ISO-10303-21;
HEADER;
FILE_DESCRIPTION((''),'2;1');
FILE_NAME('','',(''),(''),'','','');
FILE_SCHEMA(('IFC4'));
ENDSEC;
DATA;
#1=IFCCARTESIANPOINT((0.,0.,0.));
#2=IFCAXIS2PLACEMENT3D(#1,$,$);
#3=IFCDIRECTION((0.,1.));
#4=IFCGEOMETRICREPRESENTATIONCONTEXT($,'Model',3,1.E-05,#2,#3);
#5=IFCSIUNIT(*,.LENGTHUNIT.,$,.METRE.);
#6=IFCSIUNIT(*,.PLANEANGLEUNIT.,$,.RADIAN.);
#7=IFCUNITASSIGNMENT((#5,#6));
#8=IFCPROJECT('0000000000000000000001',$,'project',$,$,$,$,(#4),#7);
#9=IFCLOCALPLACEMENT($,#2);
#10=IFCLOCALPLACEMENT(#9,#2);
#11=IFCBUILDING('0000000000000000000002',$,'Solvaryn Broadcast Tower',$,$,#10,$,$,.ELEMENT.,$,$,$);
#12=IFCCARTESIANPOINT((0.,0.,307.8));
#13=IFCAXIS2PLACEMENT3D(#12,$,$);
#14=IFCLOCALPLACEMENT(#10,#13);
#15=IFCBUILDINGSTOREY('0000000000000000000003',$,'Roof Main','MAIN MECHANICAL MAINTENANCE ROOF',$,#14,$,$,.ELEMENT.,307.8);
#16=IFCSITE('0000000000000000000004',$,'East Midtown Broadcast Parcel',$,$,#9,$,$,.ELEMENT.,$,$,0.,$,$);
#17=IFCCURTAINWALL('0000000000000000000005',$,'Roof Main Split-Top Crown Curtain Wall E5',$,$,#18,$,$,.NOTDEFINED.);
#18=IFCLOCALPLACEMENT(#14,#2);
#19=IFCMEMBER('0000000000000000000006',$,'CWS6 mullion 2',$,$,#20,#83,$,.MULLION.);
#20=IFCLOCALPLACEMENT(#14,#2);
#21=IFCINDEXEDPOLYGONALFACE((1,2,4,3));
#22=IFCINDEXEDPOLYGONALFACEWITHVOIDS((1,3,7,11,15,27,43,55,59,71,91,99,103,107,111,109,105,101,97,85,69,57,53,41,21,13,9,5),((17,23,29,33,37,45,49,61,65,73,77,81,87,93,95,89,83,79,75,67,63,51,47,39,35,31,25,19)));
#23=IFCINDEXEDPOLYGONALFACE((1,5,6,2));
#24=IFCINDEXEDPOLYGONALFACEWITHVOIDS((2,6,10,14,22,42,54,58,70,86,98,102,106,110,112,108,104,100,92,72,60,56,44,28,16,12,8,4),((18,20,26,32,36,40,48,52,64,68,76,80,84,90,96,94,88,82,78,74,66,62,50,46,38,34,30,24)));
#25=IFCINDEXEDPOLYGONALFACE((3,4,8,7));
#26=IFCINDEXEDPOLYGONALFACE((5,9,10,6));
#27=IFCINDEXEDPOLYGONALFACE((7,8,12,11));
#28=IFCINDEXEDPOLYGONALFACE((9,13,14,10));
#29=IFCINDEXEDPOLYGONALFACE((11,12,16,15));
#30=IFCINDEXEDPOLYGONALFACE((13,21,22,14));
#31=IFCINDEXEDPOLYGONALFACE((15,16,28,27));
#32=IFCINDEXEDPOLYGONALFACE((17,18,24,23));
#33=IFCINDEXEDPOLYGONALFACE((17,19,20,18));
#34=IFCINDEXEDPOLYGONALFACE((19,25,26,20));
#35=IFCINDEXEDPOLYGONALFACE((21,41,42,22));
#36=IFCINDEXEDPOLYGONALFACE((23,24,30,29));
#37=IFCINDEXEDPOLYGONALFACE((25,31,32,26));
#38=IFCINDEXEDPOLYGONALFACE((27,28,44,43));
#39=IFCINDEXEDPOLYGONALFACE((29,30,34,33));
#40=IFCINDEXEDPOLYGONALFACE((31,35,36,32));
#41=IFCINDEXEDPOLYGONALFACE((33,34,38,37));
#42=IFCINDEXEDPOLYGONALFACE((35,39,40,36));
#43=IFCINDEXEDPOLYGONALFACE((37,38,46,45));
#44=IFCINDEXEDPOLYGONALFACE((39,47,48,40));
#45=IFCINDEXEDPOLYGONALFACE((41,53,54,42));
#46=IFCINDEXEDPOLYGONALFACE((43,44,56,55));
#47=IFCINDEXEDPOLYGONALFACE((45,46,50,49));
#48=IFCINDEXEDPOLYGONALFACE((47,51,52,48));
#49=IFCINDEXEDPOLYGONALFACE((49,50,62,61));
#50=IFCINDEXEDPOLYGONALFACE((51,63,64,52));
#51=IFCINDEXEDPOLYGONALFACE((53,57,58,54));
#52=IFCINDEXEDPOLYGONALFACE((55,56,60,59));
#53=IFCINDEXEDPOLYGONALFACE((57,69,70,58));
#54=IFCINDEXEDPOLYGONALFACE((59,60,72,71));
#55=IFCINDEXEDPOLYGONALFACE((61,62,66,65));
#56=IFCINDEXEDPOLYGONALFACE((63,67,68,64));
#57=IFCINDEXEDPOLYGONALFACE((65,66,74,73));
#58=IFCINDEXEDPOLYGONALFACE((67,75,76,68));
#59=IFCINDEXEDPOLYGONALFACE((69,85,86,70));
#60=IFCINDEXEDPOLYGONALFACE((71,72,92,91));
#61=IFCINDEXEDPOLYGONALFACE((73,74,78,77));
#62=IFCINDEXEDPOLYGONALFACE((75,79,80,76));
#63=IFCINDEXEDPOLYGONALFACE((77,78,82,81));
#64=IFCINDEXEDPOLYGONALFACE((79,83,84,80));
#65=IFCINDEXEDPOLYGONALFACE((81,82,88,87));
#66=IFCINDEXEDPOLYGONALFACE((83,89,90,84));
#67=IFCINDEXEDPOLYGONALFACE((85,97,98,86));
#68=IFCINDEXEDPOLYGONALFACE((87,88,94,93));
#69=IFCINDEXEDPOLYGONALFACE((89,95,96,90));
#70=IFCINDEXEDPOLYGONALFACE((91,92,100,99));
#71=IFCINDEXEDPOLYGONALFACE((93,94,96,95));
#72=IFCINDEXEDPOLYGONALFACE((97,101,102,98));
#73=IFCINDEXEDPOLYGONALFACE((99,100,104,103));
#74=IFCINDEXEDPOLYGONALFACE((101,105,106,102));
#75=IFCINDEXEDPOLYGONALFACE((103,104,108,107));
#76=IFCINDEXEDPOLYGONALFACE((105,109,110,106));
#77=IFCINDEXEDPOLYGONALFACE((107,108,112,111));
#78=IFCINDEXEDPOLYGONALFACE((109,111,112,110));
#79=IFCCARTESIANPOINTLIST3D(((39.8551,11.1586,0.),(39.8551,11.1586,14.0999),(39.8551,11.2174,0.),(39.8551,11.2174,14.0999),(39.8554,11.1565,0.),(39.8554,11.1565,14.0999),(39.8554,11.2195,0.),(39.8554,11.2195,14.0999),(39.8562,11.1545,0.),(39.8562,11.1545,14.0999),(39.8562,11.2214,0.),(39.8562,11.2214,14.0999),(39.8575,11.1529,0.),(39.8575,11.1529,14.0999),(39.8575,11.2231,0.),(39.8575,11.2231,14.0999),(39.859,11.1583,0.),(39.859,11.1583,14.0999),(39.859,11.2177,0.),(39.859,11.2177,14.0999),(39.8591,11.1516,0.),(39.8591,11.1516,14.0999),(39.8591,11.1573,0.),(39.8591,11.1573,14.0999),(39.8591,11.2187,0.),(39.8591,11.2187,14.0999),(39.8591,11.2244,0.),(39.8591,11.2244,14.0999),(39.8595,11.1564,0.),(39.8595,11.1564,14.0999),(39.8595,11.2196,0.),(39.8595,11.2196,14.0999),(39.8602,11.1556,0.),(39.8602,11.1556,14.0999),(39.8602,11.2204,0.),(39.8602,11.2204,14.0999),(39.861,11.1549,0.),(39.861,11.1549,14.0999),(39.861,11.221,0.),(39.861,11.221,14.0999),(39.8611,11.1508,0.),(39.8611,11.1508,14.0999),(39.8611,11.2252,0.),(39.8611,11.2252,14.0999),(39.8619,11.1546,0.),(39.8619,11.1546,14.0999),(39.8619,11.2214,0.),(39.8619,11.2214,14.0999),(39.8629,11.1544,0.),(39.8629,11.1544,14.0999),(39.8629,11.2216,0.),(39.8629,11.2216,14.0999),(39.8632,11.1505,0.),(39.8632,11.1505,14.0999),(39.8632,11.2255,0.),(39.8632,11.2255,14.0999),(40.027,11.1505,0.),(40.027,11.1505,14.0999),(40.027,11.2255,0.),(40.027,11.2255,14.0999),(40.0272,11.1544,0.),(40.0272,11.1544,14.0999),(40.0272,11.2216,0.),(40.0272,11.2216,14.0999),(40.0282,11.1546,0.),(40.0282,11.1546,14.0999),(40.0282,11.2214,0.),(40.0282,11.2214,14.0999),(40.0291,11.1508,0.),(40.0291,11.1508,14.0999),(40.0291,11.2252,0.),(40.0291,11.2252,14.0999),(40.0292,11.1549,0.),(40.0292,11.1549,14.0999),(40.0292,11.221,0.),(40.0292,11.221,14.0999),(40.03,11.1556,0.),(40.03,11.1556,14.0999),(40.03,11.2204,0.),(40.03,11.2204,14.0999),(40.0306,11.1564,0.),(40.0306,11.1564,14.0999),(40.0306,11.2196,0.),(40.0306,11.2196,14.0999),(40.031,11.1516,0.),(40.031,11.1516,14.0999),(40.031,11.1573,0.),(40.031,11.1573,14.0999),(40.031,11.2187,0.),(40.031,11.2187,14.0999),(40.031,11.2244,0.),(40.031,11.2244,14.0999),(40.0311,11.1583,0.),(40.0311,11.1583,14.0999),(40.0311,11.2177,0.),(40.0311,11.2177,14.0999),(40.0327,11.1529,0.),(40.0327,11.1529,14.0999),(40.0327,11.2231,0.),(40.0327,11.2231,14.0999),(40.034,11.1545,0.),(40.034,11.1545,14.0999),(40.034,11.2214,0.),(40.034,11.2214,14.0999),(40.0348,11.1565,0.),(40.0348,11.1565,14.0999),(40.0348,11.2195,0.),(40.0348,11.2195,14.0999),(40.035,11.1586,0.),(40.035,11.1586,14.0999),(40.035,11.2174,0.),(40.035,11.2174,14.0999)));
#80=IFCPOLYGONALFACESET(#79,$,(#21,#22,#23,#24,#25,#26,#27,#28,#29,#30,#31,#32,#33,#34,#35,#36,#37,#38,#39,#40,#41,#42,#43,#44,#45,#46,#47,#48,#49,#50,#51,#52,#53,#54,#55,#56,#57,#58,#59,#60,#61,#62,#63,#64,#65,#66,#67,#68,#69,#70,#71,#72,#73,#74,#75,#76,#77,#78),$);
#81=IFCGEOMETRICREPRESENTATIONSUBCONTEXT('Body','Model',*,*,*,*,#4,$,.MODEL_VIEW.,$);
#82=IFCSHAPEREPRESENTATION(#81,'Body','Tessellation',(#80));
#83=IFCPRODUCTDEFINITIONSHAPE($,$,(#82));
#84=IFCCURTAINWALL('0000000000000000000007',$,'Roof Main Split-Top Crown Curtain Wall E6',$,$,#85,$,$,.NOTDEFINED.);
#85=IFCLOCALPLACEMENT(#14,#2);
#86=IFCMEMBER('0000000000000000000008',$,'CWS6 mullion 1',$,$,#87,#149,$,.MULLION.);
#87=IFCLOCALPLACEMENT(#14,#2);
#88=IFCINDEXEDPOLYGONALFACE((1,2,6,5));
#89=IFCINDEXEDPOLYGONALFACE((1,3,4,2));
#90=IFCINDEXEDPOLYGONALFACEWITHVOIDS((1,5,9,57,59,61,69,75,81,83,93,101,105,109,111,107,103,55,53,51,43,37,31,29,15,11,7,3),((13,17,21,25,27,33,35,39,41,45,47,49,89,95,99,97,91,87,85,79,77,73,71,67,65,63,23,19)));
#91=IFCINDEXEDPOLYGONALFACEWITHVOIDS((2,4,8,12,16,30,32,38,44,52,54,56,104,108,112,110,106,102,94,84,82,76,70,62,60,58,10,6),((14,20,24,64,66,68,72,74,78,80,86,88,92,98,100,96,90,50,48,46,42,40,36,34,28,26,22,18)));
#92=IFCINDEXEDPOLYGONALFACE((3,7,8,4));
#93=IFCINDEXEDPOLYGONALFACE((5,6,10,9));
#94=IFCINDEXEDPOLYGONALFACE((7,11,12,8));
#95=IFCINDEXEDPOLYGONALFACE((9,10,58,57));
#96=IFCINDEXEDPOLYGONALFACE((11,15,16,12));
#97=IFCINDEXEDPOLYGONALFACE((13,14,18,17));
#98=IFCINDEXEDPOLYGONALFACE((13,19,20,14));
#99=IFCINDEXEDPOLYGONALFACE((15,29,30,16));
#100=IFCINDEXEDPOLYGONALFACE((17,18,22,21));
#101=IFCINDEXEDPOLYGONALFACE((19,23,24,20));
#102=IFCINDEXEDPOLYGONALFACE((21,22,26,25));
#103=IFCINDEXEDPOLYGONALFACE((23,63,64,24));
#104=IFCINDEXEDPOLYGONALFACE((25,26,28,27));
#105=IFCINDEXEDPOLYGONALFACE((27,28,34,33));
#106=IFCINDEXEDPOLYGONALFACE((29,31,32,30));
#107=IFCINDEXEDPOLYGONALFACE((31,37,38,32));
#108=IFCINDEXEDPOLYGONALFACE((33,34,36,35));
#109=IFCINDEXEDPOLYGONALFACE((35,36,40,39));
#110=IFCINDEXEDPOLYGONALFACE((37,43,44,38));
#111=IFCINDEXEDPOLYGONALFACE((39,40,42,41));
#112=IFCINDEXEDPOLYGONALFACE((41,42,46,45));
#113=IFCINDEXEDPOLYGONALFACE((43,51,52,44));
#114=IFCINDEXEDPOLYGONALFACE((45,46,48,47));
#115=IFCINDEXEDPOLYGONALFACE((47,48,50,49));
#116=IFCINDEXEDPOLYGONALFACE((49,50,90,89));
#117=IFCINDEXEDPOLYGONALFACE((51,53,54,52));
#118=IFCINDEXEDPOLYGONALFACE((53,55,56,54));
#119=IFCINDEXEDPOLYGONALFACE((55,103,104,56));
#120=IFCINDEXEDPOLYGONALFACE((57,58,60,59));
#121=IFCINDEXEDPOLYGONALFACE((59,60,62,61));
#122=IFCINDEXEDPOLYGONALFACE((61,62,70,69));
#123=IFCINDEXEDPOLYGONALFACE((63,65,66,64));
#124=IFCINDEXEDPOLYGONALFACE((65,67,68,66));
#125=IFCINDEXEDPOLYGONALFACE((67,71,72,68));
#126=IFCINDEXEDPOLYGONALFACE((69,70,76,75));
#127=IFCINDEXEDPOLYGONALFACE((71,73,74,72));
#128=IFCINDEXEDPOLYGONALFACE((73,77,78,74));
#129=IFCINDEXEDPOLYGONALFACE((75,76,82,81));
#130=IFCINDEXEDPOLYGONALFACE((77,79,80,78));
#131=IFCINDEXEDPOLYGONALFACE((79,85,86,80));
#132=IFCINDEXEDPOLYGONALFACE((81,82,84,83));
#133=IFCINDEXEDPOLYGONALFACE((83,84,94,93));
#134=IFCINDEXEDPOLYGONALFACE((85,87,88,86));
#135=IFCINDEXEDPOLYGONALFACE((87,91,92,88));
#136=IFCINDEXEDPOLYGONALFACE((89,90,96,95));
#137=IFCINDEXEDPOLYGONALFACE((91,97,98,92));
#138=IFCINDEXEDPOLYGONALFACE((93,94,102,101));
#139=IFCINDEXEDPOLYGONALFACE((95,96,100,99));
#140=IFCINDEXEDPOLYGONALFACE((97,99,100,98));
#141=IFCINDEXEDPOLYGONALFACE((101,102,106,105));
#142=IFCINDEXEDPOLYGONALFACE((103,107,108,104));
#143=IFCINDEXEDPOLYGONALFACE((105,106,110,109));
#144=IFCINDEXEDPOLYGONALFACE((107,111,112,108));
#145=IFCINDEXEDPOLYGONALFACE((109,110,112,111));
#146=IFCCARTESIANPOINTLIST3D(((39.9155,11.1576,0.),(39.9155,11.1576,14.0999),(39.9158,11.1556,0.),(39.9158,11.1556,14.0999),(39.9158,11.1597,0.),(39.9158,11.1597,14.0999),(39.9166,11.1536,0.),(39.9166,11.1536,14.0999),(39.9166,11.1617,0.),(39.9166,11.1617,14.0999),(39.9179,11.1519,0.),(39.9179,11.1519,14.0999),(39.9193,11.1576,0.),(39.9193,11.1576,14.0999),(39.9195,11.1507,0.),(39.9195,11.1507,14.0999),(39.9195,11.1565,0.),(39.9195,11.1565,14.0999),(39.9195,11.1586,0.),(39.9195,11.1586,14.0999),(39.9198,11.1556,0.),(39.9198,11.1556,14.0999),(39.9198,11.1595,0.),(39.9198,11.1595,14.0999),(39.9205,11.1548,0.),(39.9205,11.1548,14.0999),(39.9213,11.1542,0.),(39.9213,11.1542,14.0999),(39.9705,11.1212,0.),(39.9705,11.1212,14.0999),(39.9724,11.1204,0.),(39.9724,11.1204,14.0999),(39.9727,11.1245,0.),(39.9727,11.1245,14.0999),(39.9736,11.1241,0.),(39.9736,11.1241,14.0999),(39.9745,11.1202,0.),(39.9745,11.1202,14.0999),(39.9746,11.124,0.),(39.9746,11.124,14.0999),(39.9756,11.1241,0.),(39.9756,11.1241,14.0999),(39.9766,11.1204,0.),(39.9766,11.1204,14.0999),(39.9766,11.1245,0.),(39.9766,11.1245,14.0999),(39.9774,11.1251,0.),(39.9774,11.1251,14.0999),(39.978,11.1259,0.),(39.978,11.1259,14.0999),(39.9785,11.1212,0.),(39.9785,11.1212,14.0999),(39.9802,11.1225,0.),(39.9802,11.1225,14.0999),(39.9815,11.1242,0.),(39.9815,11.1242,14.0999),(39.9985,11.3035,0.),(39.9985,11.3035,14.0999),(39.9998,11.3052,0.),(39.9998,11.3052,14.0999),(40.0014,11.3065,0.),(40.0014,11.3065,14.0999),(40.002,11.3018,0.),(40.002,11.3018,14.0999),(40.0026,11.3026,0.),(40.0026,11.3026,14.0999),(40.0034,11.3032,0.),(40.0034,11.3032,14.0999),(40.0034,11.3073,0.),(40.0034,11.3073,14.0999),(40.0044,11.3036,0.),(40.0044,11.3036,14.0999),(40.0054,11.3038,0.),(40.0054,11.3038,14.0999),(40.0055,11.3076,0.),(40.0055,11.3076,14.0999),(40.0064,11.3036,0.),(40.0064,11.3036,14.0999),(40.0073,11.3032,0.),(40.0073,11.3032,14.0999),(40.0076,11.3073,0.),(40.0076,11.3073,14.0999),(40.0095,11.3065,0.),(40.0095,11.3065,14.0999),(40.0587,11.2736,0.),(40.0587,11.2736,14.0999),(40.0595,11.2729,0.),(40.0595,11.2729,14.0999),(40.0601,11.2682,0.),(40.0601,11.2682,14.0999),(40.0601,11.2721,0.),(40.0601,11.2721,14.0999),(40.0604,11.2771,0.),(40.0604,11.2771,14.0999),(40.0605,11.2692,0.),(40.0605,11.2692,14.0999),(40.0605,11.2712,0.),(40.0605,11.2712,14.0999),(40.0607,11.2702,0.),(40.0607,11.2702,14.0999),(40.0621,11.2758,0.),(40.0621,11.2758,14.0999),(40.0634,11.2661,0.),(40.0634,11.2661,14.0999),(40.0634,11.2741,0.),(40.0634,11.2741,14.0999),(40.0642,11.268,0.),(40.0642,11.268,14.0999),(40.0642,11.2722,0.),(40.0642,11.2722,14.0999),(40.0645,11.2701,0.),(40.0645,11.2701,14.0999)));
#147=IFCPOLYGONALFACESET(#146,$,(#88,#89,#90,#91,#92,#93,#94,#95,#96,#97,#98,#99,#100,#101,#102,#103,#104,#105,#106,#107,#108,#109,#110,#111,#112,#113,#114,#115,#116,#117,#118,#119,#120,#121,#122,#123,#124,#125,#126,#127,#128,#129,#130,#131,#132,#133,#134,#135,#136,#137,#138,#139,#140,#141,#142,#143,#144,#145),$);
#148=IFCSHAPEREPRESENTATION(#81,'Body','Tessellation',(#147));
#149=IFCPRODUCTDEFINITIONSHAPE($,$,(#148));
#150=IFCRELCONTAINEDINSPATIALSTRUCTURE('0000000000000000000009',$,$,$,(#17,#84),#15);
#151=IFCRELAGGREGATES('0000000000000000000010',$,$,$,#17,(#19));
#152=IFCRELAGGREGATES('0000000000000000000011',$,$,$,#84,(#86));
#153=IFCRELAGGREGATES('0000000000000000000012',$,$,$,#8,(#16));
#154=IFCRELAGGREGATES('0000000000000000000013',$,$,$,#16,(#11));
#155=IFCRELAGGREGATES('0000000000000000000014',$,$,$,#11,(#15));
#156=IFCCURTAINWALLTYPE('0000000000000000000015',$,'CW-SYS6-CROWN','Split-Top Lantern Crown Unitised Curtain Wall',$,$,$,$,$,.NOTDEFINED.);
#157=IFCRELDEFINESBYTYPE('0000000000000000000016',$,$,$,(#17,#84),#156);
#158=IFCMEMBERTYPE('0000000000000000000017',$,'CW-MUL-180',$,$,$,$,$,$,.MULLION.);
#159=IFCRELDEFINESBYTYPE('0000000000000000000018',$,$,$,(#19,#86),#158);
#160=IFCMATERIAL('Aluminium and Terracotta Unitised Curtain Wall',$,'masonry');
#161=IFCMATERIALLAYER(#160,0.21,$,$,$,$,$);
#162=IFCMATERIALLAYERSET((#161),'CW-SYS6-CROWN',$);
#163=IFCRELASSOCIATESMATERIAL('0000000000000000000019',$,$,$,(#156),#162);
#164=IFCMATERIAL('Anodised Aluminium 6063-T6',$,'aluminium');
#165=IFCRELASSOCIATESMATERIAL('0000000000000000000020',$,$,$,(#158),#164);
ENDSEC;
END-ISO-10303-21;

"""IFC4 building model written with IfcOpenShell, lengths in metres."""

from ifc_helpers import new_model, si_unit, direction, frame, origin, origin_2d, place, context, subcontext, project, spatial, hollow_rectangle, extrude, material, layer, layer_set, material_profile, profile_set, type_object, element, aggregate, save


model = new_model("IFC4")

# Units and contexts
model_context = context("Model", 3, precision=1e-05, world=origin(), true_north=direction((0.0, 1.0)))
body_context = subcontext(model_context, "Body", "Model", "MODEL_VIEW")
ifc_project = project(units=[si_unit("LENGTHUNIT", "METRE"), si_unit("PLANEANGLEUNIT", "RADIAN")], contexts=[model_context])

# Site, building, storey
site_placement = place(None, origin())
site = spatial("IfcSite", under=ifc_project, at=site_placement, Name="East Midtown Broadcast Parcel", CompositionType="ELEMENT", RefElevation=0.0)
building_placement = place(site_placement, origin())
building = spatial("IfcBuilding", under=site, at=building_placement, Name="Solvaryn Broadcast Tower", CompositionType="ELEMENT")
storey_placement = place(building_placement, frame((0.0, 0.0, 307.8)))
storey = spatial("IfcBuildingStorey", under=building, at=storey_placement, Name="Roof Main", Description="MAIN MECHANICAL MAINTENANCE ROOF", CompositionType="ELEMENT", Elevation=307.8)

# Curtain wall, member
ifc_material_1 = material(Name="Aluminium and Terracotta Unitised Curtain Wall", Category="masonry")
ifc_layer_1 = layer(ifc_material_1, 0.21)
ifc_layer_set_1 = layer_set([ifc_layer_1], Name="CW-SYS6-CROWN")
curtain_wall_type = type_object("IfcCurtainWallType", Name="CW-SYS6-CROWN", Description="Split-Top Lantern Crown Unitised Curtain Wall", PredefinedType="NOTDEFINED", material=ifc_layer_set_1)
curtain_wall_1_placement = place(storey_placement, origin())
curtain_wall_1 = element("IfcCurtainWall", 1, at=curtain_wall_1_placement, inside=storey, type_object=curtain_wall_type, Name="Roof Main Split-Top Crown Curtain Wall E5", PredefinedType="NOTDEFINED")
ifc_material_2 = material(Name="Anodised Aluminium 6063-T6", Category="aluminium")
ifc_material_profile_1 = material_profile(ifc_material_2, hollow_rectangle(XDim=0.075, YDim=0.1799, WallThickness=0.0039, InnerFilletRadius=0.0039, OuterFilletRadius=0.0081, at=origin_2d()))
ifc_profile_set_1 = profile_set([ifc_material_profile_1], Name="Anodised Aluminium 6063-T6")
member_type_1 = type_object("IfcMemberType", Name="CW-MUL-180", PredefinedType="MULLION", material=ifc_profile_set_1)
member_1_placement = place(storey_placement, frame((39.9451, 11.188, 0.0), z_axis=(0.0, 0.0, 1.0), x_axis=(0.0, 1.0, 0.0)))
member_1 = element("IfcMember", 2, at=member_1_placement, type_object=member_type_1, Name="CWS6 mullion 2", PredefinedType="MULLION", context=body_context, shape_type="SweptSolid", body=[
    extrude(hollow_rectangle(XDim=0.075, YDim=0.1799, WallThickness=0.0039, InnerFilletRadius=0.0039, OuterFilletRadius=0.0081, at=origin_2d()), origin(), (0.0, 0.0, 1.0), 14.0999),
])

# Curtain wall, member
curtain_wall_2_placement = place(storey_placement, origin())
curtain_wall_2 = element("IfcCurtainWall", 3, at=curtain_wall_2_placement, inside=storey, type_object=curtain_wall_type, Name="Roof Main Split-Top Crown Curtain Wall E6", PredefinedType="NOTDEFINED")
member_2_placement = place(storey_placement, frame((39.99, 11.2139, 0.0), z_axis=(0.0, 0.0, 1.0), x_axis=(-0.866035, 0.499983, 0.0)))
member_2 = element("IfcMember", 4, at=member_2_placement, type_object=member_type_1, Name="CWS6 mullion 1", PredefinedType="MULLION", context=body_context, shape_type="SweptSolid", body=[
    extrude(hollow_rectangle(XDim=0.075, YDim=0.1799, WallThickness=0.0039, InnerFilletRadius=0.0039, OuterFilletRadius=0.0081, at=origin_2d()), origin(), (0.0, 0.0, 1.0), 14.0999),
])

aggregate(curtain_wall_1, [member_1])
aggregate(curtain_wall_2, [member_2])

save(model, "model.ifc")
